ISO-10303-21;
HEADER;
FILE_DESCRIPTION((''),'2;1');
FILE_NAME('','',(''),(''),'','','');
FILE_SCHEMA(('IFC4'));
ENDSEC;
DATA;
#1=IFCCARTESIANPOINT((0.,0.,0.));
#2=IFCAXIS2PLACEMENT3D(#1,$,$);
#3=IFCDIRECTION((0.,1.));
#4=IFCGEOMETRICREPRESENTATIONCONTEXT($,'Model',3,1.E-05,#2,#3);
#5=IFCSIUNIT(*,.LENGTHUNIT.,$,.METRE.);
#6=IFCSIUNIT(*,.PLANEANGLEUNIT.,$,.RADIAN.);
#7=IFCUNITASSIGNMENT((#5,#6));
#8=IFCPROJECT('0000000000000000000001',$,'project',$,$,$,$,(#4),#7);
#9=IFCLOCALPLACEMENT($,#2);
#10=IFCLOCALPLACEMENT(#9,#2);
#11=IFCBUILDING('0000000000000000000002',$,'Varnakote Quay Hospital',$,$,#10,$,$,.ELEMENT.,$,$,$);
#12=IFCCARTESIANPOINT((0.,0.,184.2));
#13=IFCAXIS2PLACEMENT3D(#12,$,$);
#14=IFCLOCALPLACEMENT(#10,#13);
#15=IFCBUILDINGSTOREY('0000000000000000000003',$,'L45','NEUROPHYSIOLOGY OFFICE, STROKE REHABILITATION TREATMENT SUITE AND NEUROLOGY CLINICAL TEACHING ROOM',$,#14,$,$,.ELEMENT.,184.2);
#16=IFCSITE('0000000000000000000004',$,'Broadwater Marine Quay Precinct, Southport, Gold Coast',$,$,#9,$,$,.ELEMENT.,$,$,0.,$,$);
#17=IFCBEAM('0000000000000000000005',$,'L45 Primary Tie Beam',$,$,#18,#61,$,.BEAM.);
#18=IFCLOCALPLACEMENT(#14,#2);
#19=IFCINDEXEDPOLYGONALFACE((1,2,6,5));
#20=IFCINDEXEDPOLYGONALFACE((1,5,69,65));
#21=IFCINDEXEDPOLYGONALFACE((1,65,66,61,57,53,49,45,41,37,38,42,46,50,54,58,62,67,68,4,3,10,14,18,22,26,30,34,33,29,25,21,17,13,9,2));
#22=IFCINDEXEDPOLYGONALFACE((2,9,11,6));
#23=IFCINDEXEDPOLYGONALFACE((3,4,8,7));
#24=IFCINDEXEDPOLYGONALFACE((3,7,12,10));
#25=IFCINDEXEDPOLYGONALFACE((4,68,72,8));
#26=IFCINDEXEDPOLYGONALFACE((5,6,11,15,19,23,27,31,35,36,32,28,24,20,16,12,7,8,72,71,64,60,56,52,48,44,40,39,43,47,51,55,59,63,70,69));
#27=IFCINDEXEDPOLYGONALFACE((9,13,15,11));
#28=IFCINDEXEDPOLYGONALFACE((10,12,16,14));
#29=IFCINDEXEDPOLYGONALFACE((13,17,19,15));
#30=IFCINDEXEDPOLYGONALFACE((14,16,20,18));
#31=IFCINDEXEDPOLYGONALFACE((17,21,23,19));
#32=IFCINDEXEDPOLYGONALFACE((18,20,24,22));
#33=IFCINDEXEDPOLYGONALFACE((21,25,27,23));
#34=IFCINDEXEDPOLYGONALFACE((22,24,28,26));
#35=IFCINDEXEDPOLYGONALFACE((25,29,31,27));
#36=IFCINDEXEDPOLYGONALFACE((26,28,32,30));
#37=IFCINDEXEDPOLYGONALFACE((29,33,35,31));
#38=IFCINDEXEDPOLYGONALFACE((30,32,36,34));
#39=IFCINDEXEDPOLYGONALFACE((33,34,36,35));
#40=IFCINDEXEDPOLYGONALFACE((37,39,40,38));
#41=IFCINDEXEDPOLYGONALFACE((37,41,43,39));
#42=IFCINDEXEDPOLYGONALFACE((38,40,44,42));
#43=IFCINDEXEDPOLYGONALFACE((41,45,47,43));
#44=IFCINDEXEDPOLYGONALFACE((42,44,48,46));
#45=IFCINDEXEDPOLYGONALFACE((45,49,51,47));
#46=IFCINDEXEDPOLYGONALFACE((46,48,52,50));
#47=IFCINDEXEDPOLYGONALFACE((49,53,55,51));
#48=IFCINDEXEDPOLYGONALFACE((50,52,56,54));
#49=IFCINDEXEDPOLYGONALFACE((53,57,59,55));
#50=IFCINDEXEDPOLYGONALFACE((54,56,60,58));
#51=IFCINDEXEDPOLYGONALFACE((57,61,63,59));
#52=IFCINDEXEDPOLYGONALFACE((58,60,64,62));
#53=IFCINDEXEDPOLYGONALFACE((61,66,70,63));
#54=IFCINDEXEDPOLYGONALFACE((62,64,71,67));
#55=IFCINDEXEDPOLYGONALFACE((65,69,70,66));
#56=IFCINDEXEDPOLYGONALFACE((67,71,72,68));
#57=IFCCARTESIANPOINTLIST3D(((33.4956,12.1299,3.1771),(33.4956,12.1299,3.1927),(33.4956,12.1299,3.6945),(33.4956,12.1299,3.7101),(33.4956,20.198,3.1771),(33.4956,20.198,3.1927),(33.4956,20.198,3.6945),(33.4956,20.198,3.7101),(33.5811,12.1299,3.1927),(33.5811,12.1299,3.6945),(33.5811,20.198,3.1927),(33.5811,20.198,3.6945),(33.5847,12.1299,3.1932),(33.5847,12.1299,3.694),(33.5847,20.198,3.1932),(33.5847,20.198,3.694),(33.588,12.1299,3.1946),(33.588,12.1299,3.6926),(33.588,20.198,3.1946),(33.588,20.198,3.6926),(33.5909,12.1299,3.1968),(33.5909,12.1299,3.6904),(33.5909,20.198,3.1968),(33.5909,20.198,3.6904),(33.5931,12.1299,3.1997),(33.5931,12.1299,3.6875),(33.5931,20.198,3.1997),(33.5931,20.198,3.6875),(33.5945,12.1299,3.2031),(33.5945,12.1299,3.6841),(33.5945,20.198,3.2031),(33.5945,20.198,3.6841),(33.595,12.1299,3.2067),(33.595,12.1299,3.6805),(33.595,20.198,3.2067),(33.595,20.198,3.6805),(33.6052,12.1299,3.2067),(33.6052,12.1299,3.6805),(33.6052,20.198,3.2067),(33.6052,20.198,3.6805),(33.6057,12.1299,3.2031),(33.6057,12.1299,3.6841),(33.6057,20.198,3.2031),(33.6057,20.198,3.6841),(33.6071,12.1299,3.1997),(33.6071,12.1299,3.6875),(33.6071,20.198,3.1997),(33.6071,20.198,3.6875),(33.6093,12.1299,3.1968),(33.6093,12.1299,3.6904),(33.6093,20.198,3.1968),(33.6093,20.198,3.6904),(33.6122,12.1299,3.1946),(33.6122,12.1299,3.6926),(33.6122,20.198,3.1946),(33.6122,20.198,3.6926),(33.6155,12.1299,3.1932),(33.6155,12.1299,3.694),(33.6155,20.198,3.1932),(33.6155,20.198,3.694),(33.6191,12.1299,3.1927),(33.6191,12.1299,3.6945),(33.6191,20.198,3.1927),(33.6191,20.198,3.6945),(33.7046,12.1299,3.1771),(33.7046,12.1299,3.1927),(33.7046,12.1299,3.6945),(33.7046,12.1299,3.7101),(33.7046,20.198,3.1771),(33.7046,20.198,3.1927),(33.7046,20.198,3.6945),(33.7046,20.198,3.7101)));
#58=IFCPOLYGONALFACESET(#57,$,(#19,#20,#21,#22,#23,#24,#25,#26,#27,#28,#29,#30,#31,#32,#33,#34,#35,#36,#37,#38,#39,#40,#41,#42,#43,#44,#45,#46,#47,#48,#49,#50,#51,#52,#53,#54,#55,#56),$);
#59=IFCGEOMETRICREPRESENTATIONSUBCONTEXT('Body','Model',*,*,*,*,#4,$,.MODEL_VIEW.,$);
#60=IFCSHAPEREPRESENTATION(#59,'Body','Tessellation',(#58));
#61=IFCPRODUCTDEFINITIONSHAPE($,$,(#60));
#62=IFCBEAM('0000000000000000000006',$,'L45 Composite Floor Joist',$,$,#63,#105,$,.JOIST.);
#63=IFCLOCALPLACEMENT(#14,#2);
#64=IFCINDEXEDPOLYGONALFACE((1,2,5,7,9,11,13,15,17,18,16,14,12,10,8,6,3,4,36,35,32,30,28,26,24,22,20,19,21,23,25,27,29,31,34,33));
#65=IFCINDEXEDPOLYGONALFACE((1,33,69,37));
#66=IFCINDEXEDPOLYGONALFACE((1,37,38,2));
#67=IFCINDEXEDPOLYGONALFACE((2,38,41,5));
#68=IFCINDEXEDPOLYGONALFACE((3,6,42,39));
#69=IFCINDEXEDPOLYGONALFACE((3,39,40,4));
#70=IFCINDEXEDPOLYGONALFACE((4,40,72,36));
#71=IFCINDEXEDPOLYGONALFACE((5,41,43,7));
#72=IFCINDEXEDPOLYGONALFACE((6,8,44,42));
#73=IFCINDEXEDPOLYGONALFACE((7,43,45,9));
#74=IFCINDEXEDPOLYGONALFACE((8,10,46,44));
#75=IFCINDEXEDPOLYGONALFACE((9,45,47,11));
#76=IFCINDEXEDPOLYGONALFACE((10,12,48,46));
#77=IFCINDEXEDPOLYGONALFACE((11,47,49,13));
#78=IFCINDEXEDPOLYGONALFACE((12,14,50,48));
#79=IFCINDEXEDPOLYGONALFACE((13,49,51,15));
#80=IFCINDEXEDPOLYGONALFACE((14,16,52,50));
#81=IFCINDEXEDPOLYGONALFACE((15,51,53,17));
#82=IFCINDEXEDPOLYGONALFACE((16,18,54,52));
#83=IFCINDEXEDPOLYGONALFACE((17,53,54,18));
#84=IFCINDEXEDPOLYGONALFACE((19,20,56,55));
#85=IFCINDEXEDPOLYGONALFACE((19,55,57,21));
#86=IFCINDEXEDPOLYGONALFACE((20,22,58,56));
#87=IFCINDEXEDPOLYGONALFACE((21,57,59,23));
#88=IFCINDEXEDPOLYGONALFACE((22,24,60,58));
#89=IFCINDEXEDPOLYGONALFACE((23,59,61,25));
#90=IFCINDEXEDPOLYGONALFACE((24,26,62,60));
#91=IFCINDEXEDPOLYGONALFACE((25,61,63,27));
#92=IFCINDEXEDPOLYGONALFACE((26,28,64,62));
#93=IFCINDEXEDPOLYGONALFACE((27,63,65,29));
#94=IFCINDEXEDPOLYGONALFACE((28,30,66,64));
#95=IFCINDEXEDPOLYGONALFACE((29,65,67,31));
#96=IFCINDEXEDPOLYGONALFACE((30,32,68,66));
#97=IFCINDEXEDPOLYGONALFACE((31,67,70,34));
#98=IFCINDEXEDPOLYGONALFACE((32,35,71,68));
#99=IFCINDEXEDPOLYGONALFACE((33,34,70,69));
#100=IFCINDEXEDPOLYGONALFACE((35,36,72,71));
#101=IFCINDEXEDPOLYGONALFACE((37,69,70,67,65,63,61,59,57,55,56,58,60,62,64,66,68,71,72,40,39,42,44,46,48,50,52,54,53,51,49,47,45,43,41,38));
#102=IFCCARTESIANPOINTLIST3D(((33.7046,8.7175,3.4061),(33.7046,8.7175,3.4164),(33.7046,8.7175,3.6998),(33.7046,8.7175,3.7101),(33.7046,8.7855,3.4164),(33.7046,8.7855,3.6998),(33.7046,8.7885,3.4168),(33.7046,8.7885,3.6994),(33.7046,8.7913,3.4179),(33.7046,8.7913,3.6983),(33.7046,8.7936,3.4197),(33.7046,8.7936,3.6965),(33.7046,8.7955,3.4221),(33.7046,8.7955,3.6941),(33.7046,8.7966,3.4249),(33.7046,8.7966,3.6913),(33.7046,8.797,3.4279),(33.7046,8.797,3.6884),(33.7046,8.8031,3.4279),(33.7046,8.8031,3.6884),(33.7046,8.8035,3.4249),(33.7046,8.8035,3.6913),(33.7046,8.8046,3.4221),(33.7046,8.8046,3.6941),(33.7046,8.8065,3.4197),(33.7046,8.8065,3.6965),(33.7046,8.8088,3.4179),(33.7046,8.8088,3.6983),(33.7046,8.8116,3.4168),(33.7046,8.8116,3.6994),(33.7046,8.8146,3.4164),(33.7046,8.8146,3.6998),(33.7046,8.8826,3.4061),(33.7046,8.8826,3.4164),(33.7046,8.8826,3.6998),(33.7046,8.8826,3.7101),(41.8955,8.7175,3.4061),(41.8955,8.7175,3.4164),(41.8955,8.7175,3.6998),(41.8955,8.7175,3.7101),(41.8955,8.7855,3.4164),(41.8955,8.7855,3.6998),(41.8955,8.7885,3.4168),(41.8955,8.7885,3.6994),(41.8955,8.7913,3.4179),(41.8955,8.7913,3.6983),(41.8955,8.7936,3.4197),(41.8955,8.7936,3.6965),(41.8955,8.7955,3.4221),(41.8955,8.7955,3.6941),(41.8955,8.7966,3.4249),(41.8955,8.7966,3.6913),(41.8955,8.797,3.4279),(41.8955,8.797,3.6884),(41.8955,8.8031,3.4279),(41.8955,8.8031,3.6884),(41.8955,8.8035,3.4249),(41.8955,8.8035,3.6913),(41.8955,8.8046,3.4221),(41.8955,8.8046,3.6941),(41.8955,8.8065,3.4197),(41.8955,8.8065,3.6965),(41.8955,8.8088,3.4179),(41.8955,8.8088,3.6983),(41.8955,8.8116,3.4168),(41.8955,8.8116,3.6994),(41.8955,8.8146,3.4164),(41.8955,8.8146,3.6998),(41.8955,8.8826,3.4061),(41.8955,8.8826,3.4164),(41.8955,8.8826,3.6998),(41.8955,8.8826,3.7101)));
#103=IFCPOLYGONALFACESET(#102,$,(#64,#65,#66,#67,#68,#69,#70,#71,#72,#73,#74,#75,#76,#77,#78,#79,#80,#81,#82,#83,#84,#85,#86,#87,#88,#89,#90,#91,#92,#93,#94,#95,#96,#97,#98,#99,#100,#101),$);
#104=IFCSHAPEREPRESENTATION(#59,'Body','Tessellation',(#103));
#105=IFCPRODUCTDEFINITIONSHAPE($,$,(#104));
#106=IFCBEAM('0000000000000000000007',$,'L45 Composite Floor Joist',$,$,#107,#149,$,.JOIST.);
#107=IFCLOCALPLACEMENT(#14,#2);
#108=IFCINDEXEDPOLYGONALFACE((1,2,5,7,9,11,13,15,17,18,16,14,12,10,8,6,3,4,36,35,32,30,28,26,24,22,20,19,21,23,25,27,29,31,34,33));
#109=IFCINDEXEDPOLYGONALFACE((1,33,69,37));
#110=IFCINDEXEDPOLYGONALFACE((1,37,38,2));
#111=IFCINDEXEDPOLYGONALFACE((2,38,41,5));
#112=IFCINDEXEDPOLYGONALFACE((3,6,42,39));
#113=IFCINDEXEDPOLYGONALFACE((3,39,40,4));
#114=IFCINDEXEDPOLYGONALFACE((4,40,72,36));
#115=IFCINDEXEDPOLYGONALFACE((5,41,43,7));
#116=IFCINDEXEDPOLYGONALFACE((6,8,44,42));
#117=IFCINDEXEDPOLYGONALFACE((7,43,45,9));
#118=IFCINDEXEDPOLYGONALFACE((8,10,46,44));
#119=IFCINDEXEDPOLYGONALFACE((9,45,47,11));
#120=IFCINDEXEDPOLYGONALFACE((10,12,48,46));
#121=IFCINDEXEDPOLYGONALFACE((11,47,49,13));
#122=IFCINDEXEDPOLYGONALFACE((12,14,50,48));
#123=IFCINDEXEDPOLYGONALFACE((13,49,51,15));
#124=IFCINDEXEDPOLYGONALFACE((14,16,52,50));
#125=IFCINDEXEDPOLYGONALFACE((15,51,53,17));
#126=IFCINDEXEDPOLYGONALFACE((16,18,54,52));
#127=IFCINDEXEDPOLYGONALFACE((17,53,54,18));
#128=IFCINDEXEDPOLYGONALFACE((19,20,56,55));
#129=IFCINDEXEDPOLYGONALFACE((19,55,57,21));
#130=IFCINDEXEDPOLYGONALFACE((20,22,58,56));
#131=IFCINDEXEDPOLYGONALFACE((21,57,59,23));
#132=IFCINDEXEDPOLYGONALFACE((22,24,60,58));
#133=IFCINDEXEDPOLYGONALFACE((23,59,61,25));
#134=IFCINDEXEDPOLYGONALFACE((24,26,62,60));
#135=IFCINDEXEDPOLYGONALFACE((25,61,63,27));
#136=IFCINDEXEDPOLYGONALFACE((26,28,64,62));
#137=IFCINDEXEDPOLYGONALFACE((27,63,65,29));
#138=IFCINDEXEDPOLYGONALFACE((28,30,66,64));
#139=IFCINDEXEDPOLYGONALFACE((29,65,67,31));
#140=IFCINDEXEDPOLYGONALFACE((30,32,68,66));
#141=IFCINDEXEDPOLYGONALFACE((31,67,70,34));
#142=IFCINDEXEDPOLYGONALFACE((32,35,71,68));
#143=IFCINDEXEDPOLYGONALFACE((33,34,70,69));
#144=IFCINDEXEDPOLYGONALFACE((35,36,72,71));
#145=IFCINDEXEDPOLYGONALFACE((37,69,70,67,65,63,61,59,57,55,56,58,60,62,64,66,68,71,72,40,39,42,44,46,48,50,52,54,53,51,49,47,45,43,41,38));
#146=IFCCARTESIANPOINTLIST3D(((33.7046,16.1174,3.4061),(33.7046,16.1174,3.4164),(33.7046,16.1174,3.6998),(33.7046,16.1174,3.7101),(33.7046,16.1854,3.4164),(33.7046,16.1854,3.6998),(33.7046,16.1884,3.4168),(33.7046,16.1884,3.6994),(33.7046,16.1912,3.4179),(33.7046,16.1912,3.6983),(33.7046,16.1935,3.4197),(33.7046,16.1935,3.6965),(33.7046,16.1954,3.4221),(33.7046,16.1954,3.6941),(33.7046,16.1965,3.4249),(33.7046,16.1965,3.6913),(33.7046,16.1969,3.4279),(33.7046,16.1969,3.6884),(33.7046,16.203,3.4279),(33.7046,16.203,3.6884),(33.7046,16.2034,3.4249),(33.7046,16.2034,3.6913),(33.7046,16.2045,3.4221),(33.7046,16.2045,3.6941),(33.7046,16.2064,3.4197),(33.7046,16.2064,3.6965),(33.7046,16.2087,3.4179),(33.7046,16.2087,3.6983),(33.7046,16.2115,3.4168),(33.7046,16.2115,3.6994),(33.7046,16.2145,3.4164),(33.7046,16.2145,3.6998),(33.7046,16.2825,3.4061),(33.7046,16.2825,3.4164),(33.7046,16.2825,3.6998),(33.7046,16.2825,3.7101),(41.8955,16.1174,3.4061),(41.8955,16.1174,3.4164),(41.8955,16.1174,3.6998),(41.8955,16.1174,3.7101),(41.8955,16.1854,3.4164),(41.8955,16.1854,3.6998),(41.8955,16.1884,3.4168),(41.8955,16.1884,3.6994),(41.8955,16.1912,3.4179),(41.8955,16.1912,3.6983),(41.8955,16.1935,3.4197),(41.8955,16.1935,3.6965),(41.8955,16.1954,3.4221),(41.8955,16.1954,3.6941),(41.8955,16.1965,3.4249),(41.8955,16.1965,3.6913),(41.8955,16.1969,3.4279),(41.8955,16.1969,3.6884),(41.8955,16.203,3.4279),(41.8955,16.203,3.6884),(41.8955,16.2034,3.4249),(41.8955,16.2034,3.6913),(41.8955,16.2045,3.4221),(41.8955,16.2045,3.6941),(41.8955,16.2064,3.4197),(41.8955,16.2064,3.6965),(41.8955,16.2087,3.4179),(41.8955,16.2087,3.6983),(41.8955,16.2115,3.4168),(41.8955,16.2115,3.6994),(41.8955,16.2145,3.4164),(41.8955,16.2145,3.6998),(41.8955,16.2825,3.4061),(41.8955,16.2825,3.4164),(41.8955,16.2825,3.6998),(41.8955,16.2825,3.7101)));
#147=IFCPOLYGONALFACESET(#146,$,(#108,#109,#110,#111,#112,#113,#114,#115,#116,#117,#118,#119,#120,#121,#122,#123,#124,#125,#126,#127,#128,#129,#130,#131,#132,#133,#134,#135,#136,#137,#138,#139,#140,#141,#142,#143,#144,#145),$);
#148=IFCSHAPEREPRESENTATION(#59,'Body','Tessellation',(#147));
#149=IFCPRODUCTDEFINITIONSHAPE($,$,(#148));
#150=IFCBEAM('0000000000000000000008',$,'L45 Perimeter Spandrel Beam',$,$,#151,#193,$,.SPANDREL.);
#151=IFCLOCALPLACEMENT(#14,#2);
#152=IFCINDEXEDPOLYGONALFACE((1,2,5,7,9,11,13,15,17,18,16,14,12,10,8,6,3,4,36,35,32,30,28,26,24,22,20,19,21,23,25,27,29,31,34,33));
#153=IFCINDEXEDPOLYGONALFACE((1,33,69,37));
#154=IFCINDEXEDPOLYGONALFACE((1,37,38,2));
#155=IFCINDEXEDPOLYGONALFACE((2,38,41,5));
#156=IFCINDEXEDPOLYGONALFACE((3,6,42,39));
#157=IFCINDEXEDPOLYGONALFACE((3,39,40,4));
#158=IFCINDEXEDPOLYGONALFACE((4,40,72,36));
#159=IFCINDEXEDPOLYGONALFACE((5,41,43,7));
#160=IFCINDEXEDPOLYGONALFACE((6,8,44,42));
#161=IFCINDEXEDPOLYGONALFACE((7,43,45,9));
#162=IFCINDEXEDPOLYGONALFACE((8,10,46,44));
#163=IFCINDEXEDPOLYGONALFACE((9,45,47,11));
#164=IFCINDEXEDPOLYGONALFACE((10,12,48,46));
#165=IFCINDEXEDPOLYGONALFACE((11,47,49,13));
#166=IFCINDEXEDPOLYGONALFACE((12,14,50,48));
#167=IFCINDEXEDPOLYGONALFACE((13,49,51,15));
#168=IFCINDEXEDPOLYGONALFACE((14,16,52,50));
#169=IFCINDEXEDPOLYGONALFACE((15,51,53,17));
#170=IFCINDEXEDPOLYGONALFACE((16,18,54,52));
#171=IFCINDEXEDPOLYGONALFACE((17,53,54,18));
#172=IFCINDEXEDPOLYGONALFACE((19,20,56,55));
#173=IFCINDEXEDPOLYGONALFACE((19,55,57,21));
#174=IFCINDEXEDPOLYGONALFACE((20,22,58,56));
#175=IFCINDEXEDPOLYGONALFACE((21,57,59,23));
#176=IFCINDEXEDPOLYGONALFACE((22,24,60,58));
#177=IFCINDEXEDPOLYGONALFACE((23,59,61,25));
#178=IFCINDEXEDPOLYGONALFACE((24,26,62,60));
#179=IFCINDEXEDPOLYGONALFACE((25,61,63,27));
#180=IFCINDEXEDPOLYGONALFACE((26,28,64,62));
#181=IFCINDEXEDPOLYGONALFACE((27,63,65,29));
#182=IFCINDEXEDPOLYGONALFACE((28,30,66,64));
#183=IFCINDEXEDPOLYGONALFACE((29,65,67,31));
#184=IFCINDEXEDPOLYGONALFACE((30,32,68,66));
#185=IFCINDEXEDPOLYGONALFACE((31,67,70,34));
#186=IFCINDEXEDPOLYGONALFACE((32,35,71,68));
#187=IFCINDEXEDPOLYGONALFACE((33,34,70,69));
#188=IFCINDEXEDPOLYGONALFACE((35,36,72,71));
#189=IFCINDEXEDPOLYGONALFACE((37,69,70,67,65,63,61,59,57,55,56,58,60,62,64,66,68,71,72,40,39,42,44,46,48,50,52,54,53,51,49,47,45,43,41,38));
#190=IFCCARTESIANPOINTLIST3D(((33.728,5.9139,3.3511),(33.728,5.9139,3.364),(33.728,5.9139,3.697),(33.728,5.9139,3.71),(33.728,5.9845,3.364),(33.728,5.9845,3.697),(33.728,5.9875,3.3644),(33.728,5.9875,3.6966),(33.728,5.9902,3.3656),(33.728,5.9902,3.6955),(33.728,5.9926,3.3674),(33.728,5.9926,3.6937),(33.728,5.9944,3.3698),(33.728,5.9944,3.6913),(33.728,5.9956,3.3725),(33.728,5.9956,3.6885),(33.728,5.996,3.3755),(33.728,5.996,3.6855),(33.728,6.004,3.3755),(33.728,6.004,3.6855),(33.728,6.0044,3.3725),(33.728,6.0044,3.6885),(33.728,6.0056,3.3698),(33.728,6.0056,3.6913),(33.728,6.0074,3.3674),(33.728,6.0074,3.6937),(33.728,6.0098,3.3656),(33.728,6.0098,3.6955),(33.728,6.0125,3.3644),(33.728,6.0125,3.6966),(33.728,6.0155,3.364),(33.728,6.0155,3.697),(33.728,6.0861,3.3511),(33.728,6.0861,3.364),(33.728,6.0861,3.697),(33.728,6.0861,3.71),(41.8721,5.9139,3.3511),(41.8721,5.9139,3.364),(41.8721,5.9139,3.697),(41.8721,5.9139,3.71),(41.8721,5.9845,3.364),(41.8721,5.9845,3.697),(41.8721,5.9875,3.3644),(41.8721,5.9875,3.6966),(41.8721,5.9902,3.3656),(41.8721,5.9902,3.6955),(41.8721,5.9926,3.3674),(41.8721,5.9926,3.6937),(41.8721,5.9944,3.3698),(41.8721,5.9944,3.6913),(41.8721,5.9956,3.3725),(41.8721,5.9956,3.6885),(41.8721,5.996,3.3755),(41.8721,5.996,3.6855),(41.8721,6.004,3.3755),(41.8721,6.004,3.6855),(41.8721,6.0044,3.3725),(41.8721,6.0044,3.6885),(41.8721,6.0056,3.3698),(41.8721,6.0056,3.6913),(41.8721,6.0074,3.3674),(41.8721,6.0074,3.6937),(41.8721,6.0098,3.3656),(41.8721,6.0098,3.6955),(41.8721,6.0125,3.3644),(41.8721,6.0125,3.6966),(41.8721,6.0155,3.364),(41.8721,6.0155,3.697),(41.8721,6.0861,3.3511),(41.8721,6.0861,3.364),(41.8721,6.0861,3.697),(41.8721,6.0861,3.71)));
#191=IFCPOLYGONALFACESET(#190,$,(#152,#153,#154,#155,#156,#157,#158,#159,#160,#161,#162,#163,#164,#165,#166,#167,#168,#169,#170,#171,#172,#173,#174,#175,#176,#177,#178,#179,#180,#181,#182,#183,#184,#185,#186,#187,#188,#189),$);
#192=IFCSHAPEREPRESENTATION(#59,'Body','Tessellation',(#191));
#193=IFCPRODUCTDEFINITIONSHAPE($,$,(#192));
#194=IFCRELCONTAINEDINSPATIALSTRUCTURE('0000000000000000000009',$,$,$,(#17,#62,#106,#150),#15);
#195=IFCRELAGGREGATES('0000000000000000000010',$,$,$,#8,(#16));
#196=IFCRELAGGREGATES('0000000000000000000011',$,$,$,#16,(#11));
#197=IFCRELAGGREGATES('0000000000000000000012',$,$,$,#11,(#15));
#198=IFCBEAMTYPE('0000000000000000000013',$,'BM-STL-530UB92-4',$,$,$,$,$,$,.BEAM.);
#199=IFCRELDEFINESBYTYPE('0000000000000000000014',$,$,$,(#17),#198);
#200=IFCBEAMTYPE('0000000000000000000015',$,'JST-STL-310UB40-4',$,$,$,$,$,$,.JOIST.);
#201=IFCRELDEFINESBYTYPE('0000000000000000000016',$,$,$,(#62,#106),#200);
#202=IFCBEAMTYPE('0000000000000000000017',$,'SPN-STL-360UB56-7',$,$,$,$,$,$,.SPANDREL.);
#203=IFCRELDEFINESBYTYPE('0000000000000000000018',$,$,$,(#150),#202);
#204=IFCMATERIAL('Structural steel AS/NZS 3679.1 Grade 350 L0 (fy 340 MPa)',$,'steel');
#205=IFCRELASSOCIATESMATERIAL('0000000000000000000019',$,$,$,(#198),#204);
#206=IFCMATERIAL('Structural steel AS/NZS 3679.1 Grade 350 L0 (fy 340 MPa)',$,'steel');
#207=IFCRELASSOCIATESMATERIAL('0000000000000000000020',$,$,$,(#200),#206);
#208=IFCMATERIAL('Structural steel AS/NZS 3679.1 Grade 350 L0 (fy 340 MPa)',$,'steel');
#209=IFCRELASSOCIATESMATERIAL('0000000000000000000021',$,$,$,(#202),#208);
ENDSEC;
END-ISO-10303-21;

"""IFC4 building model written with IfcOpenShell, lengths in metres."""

from ifc_helpers import new_model, si_unit, direction, frame, origin, origin_2d, place, context, subcontext, project, spatial, i_section, extrude, material, material_profile, profile_set, type_object, element, save


model = new_model("IFC4")

# Units and contexts
model_context = context("Model", 3, precision=1e-05, world=origin(), true_north=direction((0.0, 1.0)))
body_context = subcontext(model_context, "Body", "Model", "MODEL_VIEW")
ifc_project = project(units=[si_unit("LENGTHUNIT", "METRE"), si_unit("PLANEANGLEUNIT", "RADIAN")], contexts=[model_context])

# Site, building, storey
site_placement = place(None, origin())
site = spatial("IfcSite", under=ifc_project, at=site_placement, Name="Broadwater Marine Quay Precinct, Southport, Gold Coast", CompositionType="ELEMENT", RefElevation=0.0)
building_placement = place(site_placement, origin())
building = spatial("IfcBuilding", under=site, at=building_placement, Name="Varnakote Quay Hospital", CompositionType="ELEMENT")
storey_placement = place(building_placement, frame((0.0, 0.0, 184.2)))
storey = spatial("IfcBuildingStorey", under=building, at=storey_placement, Name="L45", Description="NEUROPHYSIOLOGY OFFICE, STROKE REHABILITATION TREATMENT SUITE AND NEUROLOGY CLINICAL TEACHING ROOM", CompositionType="ELEMENT", Elevation=184.2)

# Beams
ifc_material_1 = material(Name="Structural steel AS/NZS 3679.1 Grade 350 L0 (fy 340 MPa)", Category="steel")
ifc_material_profile_1 = material_profile(ifc_material_1, i_section(OverallWidth=0.209, OverallDepth=0.533, WebThickness=0.0103, FlangeThickness=0.0156, FilletRadius=0.0139, at=origin_2d()), Name="530UB92.4")
ifc_profile_set_1 = profile_set([ifc_material_profile_1], Name="Structural steel AS/NZS 3679.1 Grade 350 L0 (fy 340 MPa)")
beam_type_1 = type_object("IfcBeamType", Name="BM-STL-530UB92-4", PredefinedType="BEAM", material=ifc_profile_set_1)
beam_1_placement = place(storey_placement, frame((33.6001, 12.1299, 3.4436), z_axis=(0.0, 1.0, 0.0), x_axis=(-1.0, 0.0, 0.0)))
element("IfcBeam", 1, at=beam_1_placement, inside=storey, type_object=beam_type_1, Name="L45 Primary Tie Beam", PredefinedType="BEAM", context=body_context, shape_type="SweptSolid", body=[
    extrude(i_section(OverallWidth=0.209, OverallDepth=0.533, WebThickness=0.0103, FlangeThickness=0.0156, FilletRadius=0.0139, at=origin_2d()), origin(), (0.0, 0.0, 1.0), 8.0681),
])
ifc_material_2 = material(Name="Structural steel AS/NZS 3679.1 Grade 350 L0 (fy 340 MPa)", Category="steel")
ifc_material_profile_2 = material_profile(ifc_material_2, i_section(OverallWidth=0.165, OverallDepth=0.304, WebThickness=0.0061, FlangeThickness=0.0103, FilletRadius=0.0115, at=origin_2d()), Name="310UB40.4")
ifc_profile_set_2 = profile_set([ifc_material_profile_2], Name="Structural steel AS/NZS 3679.1 Grade 350 L0 (fy 340 MPa)")
beam_type_2 = type_object("IfcBeamType", Name="JST-STL-310UB40-4", PredefinedType="JOIST", material=ifc_profile_set_2)
for number, where, z_axis, x_axis, name in (
    (2, (33.7046, 8.8, 3.5581), (1.0, 0.0, 0.0), (0.0, 1.0, 0.0), "L45 Composite Floor Joist"),
    (3, (33.7046, 16.2, 3.5581), (1.0, 0.0, 0.0), (0.0, 1.0, 0.0), "L45 Composite Floor Joist"),
):
    element("IfcBeam", number, at=place(storey_placement, frame(where, z_axis=z_axis, x_axis=x_axis)), inside=storey, type_object=beam_type_2, Name=name, PredefinedType="JOIST", context=body_context, shape_type="SweptSolid", body=[
        extrude(i_section(OverallWidth=0.165, OverallDepth=0.304, WebThickness=0.0061, FlangeThickness=0.0103, FilletRadius=0.0115, at=origin_2d()), origin(), (0.0, 0.0, 1.0), 8.1909),
    ])
ifc_material_3 = material(Name="Structural steel AS/NZS 3679.1 Grade 350 L0 (fy 340 MPa)", Category="steel")
ifc_material_profile_3 = material_profile(ifc_material_3, i_section(OverallWidth=0.1721, OverallDepth=0.3589, WebThickness=0.0081, FlangeThickness=0.0129, FilletRadius=0.0115, at=origin_2d()), Name="360UB56.7")
ifc_profile_set_3 = profile_set([ifc_material_profile_3], Name="Structural steel AS/NZS 3679.1 Grade 350 L0 (fy 340 MPa)")
beam_type_3 = type_object("IfcBeamType", Name="SPN-STL-360UB56-7", PredefinedType="SPANDREL", material=ifc_profile_set_3)
beam_2_placement = place(storey_placement, frame((33.728, 6.0, 3.5305), z_axis=(1.0, 0.0, 0.0), x_axis=(0.0, 1.0, 0.0)))
element("IfcBeam", 4, at=beam_2_placement, inside=storey, type_object=beam_type_3, Name="L45 Perimeter Spandrel Beam", PredefinedType="SPANDREL", context=body_context, shape_type="SweptSolid", body=[
    extrude(i_section(OverallWidth=0.1721, OverallDepth=0.3589, WebThickness=0.0081, FlangeThickness=0.0129, FilletRadius=0.0115, at=origin_2d()), origin(), (0.0, 0.0, 1.0), 8.144),
])

save(model, "model.ifc")
